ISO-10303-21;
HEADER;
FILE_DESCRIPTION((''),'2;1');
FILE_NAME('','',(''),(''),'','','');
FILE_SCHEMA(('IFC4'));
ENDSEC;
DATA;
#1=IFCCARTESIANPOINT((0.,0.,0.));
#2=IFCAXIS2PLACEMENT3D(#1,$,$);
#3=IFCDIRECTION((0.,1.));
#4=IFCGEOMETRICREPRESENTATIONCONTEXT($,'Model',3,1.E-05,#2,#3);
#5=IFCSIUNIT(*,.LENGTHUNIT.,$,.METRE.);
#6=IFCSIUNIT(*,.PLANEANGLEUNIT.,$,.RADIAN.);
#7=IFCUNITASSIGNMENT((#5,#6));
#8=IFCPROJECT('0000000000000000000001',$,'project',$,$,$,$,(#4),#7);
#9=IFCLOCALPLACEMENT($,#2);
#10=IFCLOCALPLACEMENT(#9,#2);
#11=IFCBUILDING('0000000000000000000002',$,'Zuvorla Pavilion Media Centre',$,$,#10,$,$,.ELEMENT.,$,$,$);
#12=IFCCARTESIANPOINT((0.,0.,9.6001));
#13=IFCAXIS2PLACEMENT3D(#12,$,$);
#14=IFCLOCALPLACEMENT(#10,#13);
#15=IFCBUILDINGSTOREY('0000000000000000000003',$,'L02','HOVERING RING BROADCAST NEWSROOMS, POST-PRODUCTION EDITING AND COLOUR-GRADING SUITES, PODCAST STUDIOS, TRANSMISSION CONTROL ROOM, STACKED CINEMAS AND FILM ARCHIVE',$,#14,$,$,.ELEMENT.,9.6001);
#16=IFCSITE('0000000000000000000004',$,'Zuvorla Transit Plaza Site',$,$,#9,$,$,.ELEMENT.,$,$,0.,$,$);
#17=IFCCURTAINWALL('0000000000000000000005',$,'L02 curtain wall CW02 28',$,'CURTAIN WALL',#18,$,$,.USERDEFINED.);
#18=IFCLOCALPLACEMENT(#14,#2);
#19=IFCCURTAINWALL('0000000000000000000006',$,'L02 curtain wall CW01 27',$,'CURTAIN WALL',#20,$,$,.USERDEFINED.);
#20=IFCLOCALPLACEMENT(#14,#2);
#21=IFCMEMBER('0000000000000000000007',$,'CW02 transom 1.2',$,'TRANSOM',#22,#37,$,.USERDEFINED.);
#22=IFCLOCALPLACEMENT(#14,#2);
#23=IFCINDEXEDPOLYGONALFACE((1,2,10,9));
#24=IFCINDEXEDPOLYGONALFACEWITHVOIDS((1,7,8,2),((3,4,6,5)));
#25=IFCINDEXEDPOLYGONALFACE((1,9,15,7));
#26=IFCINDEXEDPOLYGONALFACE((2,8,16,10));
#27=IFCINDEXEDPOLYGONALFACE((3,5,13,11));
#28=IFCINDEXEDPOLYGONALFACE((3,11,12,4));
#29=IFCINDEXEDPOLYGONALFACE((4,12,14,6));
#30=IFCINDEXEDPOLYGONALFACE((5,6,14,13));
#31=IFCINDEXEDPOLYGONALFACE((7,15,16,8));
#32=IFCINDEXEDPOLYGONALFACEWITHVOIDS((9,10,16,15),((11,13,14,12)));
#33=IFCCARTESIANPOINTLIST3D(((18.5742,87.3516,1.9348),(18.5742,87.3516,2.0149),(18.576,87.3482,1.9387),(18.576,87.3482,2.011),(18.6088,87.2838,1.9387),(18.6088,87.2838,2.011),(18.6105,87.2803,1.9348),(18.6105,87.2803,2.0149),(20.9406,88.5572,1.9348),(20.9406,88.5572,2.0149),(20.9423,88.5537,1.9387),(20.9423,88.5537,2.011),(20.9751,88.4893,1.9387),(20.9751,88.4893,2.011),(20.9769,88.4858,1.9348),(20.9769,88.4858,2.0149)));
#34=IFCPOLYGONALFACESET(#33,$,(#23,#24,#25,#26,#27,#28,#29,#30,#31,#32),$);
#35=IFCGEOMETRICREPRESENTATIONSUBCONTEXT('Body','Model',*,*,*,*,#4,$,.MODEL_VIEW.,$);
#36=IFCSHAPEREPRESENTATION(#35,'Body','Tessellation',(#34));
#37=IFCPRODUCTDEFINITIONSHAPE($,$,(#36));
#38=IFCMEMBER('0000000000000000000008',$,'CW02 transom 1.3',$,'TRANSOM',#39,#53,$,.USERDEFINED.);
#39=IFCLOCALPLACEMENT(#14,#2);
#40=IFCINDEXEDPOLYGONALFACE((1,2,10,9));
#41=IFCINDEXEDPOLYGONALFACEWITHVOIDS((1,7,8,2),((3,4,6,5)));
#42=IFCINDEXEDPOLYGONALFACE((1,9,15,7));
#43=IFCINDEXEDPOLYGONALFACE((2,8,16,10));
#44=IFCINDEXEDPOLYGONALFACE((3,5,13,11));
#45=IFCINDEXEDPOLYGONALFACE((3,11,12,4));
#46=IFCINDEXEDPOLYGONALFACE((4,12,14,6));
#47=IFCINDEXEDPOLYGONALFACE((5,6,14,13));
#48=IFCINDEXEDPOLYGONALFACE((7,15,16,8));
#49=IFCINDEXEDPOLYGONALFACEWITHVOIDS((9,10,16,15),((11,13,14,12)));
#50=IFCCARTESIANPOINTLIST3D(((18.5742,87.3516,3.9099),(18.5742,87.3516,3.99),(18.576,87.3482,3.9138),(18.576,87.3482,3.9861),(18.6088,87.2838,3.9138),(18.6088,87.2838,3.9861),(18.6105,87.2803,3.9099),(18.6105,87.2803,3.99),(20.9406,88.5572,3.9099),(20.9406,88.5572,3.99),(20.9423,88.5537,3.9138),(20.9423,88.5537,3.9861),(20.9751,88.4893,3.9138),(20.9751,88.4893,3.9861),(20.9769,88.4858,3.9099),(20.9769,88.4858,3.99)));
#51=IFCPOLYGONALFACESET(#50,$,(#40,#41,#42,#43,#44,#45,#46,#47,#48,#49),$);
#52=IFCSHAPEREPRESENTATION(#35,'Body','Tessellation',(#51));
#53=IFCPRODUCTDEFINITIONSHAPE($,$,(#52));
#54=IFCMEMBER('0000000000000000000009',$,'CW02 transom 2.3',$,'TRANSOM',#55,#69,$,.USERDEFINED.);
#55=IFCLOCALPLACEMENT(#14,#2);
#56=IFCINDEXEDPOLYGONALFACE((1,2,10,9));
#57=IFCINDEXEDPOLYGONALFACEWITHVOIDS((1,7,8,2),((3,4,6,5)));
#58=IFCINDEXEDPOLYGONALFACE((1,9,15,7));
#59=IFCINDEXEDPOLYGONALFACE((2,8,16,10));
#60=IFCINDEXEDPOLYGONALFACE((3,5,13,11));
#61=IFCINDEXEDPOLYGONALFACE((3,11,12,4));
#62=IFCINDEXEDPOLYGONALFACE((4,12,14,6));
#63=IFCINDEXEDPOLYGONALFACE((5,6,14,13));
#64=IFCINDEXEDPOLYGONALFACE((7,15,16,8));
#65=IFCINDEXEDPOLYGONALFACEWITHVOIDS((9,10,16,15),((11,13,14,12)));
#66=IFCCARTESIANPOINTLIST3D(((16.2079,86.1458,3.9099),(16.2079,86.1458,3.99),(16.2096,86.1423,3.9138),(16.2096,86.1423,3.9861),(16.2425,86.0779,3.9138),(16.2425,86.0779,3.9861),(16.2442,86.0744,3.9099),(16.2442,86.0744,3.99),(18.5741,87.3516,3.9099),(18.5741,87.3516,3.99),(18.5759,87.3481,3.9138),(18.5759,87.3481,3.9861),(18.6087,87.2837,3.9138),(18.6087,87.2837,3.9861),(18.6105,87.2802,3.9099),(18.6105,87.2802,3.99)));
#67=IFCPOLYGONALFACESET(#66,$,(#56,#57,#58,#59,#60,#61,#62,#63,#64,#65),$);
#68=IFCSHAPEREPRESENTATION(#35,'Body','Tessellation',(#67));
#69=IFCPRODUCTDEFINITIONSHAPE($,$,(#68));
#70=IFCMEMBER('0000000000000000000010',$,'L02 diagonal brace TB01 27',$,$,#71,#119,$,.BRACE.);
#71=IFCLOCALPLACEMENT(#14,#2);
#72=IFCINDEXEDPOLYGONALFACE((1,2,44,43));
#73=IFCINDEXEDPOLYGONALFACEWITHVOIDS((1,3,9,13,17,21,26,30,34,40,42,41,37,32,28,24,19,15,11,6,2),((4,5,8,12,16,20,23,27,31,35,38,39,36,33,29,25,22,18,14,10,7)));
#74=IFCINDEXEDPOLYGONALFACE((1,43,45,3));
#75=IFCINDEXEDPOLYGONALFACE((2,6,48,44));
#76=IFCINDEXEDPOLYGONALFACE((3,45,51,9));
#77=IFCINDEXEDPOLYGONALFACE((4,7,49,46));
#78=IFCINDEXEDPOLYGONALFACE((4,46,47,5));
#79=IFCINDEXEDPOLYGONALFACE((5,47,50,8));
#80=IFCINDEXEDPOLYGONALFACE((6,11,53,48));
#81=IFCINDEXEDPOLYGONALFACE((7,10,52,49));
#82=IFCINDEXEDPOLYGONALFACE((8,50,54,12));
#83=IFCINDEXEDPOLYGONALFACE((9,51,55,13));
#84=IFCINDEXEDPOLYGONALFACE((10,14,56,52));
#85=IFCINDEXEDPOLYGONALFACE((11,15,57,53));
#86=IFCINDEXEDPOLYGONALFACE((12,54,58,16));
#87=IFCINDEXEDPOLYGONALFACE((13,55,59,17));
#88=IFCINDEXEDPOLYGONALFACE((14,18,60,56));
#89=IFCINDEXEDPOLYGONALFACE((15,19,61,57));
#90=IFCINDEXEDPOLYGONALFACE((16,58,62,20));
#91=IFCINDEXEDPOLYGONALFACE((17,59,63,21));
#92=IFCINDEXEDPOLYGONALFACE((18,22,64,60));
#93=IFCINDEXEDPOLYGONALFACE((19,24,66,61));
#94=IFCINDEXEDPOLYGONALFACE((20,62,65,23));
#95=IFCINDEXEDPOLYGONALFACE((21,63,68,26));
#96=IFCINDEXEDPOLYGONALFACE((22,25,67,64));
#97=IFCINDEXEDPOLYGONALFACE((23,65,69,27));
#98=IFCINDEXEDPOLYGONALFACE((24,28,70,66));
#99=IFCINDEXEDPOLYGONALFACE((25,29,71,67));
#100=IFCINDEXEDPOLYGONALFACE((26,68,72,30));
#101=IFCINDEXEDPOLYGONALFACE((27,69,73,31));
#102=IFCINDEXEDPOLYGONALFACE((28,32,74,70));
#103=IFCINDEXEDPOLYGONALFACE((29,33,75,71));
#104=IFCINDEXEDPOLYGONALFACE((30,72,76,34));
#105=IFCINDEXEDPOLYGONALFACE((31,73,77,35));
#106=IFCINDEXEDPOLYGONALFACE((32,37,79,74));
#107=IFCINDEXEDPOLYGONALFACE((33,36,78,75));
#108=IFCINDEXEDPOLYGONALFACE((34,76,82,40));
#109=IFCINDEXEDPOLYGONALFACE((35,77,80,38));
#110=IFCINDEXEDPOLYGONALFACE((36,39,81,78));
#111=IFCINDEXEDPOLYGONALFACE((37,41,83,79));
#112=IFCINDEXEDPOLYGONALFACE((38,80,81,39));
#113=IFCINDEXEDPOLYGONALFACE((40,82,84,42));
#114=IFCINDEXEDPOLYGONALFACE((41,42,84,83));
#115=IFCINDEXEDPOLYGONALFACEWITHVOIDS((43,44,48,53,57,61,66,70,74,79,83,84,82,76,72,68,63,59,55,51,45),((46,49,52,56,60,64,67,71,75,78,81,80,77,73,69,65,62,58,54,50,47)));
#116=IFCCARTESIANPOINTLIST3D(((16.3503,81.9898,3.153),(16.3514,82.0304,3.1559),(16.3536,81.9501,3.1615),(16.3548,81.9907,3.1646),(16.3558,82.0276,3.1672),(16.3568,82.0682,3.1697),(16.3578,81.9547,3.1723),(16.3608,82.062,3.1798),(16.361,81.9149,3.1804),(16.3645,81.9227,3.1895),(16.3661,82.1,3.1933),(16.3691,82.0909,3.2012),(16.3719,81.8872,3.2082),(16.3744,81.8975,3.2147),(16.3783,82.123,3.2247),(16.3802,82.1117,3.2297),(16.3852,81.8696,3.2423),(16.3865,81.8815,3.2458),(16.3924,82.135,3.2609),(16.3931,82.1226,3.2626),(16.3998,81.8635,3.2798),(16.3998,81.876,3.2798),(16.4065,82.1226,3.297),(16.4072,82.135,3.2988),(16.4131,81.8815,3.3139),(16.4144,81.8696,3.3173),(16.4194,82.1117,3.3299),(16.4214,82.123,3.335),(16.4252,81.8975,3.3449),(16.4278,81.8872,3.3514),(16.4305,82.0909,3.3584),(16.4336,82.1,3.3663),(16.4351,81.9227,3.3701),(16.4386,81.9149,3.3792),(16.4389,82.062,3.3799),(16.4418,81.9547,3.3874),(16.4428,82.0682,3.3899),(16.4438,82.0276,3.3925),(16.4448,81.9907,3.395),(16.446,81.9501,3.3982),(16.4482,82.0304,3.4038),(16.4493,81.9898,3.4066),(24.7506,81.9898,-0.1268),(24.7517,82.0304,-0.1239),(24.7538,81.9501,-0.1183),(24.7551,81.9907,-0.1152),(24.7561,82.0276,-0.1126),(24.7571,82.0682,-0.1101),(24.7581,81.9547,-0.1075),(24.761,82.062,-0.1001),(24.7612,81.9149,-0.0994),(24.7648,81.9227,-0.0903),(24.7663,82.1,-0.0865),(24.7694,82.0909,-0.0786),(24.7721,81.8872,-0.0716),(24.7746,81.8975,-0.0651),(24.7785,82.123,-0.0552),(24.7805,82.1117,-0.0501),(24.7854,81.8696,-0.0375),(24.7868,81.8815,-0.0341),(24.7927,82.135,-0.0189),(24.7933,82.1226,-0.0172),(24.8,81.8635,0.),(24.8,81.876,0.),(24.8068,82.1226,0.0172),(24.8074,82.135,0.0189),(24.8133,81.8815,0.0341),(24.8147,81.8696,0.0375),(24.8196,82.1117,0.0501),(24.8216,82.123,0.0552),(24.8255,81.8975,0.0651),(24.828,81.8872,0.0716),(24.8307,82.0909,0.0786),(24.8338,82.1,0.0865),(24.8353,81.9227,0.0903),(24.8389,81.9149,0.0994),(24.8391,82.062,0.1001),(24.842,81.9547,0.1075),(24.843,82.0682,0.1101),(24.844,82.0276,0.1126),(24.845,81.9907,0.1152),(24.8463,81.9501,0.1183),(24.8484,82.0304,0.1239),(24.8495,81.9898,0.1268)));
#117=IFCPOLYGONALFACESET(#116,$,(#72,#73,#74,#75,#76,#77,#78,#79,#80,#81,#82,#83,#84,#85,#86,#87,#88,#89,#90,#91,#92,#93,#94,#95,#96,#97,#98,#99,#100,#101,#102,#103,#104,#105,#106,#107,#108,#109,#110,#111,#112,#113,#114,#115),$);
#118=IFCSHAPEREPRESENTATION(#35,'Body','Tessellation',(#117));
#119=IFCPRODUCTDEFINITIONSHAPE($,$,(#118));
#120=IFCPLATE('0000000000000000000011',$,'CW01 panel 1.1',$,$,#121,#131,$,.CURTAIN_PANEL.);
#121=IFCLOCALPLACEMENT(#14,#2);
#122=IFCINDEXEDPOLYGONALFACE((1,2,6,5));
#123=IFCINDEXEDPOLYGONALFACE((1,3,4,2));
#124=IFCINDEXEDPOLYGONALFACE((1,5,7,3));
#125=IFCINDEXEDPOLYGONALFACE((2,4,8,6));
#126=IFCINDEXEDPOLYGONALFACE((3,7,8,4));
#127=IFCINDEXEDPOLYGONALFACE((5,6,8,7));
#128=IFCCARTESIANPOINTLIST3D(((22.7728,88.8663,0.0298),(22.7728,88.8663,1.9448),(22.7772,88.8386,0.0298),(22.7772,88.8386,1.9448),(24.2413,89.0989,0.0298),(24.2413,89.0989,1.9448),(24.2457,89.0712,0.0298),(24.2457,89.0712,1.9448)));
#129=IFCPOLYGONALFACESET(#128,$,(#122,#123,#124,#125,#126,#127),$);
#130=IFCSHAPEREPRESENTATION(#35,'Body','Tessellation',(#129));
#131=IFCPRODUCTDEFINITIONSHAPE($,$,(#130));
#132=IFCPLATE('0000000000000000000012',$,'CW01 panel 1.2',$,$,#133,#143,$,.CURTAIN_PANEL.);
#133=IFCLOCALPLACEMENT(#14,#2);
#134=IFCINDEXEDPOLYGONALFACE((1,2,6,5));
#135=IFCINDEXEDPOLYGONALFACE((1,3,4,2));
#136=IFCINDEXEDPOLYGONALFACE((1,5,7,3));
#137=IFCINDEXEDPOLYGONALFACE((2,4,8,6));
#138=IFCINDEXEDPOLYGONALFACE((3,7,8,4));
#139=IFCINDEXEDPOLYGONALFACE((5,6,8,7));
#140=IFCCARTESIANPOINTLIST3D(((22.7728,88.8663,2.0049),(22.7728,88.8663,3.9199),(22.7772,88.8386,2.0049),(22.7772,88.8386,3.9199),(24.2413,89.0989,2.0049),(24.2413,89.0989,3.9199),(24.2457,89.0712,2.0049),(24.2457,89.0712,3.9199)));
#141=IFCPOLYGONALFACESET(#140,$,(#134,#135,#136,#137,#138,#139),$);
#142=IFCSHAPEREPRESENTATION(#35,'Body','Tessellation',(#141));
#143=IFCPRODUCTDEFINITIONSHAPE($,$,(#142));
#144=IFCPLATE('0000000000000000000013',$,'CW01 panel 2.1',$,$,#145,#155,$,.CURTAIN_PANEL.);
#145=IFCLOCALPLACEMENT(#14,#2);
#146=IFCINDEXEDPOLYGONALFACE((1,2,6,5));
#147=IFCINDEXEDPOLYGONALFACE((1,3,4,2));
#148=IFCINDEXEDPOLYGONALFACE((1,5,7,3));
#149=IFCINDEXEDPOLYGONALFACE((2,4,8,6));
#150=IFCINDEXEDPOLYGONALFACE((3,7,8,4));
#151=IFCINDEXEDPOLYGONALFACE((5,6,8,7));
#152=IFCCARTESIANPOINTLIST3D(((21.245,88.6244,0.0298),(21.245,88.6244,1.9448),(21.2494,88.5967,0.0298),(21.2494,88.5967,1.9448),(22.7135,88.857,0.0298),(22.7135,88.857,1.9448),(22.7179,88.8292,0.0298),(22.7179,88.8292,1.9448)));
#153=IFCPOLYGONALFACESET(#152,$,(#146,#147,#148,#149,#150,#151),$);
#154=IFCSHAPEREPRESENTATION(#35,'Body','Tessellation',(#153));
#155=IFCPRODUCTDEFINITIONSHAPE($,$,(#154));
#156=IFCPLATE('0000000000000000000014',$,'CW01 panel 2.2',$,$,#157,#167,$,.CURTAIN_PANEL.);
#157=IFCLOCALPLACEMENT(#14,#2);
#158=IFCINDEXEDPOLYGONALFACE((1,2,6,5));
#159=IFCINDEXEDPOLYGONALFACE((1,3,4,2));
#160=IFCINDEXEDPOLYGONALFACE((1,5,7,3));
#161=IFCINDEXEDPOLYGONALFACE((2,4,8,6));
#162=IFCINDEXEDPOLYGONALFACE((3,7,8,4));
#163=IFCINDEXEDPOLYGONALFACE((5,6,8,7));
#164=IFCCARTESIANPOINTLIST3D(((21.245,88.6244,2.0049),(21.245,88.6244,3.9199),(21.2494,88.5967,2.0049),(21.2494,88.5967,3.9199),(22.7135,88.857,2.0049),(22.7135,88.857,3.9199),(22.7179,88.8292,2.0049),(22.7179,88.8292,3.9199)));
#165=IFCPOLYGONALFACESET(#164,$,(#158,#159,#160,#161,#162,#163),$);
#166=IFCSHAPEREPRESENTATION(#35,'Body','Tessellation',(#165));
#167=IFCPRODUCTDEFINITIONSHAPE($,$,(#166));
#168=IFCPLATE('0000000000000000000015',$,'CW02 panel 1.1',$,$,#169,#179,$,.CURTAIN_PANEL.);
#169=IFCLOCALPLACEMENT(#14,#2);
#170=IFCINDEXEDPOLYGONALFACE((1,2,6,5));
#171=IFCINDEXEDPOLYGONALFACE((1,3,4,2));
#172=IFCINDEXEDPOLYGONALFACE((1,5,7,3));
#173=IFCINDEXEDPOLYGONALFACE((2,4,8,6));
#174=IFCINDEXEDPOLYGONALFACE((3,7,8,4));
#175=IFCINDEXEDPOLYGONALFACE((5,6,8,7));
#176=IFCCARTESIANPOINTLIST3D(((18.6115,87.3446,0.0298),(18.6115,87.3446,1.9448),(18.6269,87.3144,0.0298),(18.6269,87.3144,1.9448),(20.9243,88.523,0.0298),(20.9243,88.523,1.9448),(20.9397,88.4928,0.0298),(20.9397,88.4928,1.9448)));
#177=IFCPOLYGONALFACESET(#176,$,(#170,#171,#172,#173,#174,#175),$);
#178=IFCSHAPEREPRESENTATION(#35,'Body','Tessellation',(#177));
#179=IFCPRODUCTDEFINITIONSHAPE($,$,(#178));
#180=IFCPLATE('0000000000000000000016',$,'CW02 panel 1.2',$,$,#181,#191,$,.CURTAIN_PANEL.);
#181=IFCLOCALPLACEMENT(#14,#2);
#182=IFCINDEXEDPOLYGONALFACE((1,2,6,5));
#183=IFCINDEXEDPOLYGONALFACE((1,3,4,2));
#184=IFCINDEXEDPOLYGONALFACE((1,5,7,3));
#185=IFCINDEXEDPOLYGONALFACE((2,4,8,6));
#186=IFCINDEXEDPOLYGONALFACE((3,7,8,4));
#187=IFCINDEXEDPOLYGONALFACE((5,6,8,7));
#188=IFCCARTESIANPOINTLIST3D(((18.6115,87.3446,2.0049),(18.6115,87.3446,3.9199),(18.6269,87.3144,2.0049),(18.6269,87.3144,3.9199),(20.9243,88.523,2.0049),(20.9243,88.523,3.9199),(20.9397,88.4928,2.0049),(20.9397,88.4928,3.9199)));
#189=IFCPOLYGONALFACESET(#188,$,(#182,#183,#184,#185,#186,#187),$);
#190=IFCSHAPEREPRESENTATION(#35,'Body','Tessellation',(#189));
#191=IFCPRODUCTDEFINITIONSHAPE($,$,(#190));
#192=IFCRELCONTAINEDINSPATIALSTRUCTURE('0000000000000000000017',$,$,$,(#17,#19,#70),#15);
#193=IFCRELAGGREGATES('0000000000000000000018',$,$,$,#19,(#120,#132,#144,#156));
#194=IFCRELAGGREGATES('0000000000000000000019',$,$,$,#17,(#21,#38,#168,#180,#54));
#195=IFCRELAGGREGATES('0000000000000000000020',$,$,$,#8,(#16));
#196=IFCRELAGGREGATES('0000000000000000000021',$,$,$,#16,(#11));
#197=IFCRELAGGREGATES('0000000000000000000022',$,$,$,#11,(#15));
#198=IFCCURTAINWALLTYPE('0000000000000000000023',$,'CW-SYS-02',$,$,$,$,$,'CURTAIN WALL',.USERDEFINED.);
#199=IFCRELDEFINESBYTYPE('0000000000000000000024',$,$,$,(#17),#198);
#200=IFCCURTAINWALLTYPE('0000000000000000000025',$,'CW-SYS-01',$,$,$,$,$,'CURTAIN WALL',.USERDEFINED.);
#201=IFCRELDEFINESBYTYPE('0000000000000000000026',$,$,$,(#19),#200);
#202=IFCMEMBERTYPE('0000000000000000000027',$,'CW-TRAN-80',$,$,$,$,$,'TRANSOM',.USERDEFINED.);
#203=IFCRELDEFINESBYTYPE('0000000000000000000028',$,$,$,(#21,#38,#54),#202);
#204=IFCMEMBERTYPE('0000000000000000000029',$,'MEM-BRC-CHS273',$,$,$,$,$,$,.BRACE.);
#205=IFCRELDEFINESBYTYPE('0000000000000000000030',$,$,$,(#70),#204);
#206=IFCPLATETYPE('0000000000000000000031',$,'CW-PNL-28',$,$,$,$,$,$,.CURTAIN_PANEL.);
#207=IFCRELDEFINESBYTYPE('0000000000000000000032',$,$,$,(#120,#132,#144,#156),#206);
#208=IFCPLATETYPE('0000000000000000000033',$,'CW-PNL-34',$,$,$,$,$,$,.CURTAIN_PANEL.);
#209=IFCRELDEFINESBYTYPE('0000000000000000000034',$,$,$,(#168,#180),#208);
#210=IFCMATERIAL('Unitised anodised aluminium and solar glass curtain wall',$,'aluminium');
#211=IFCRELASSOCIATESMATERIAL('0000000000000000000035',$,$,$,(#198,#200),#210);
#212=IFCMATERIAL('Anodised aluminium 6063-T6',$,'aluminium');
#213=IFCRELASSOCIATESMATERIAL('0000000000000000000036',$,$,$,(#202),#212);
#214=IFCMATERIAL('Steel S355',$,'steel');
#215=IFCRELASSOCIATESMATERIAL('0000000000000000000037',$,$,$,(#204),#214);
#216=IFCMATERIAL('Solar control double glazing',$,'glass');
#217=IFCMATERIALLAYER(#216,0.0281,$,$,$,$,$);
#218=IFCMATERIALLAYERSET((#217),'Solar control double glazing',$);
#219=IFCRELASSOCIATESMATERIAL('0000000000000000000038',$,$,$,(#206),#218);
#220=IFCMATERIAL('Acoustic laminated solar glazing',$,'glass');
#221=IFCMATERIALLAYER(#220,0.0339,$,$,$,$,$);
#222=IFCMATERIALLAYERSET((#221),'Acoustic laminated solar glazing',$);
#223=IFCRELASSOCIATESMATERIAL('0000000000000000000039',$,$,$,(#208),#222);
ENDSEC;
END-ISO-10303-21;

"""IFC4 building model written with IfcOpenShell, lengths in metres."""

from ifc_helpers import new_model, si_unit, direction, frame, origin, origin_2d, place, context, subcontext, project, spatial, rectangle, hollow_rectangle, hollow_circle, extrude, material, layer, layer_set, material_profile, profile_set, type_object, element, aggregate, save


model = new_model("IFC4")

# Units and contexts
model_context = context("Model", 3, precision=1e-05, world=origin(), true_north=direction((0.0, 1.0)))
body_context = subcontext(model_context, "Body", "Model", "MODEL_VIEW")
ifc_project = project(units=[si_unit("LENGTHUNIT", "METRE"), si_unit("PLANEANGLEUNIT", "RADIAN")], contexts=[model_context])

# Site, building, storey
site_placement = place(None, origin())
site = spatial("IfcSite", under=ifc_project, at=site_placement, Name="Zuvorla Transit Plaza Site", CompositionType="ELEMENT", RefElevation=0.0)
building_placement = place(site_placement, origin())
building = spatial("IfcBuilding", under=site, at=building_placement, Name="Zuvorla Pavilion Media Centre", CompositionType="ELEMENT")
storey_placement = place(building_placement, frame((0.0, 0.0, 9.6001)))
storey = spatial("IfcBuildingStorey", under=building, at=storey_placement, Name="L02", Description="HOVERING RING BROADCAST NEWSROOMS, POST-PRODUCTION EDITING AND COLOUR-GRADING SUITES, PODCAST STUDIOS, TRANSMISSION CONTROL ROOM, STACKED CINEMAS AND FILM ARCHIVE", CompositionType="ELEMENT", Elevation=9.6001)

# Shared definitions
ifc_material_1 = material(Name="Steel S355", Category="steel")

# Curtain wall
ifc_material_2 = material(Name="Unitised anodised aluminium and solar glass curtain wall", Category="aluminium")
curtain_wall_type_1 = type_object("IfcCurtainWallType", Name="CW-SYS-02", ElementType="CURTAIN WALL", PredefinedType="USERDEFINED", material=ifc_material_2)
curtain_wall_1_placement = place(storey_placement, origin())
curtain_wall_1 = element("IfcCurtainWall", 1, at=curtain_wall_1_placement, inside=storey, type_object=curtain_wall_type_1, Name="L02 curtain wall CW02 28", ObjectType="CURTAIN WALL", PredefinedType="USERDEFINED")
ifc_material_3 = material(Name="Anodised aluminium 6063-T6", Category="aluminium")

# Curtain wall
curtain_wall_type_2 = type_object("IfcCurtainWallType", Name="CW-SYS-01", ElementType="CURTAIN WALL", PredefinedType="USERDEFINED", material=ifc_material_2)
curtain_wall_2_placement = place(storey_placement, origin())
curtain_wall_2 = element("IfcCurtainWall", 2, at=curtain_wall_2_placement, inside=storey, type_object=curtain_wall_type_2, Name="L02 curtain wall CW01 27", ObjectType="CURTAIN WALL", PredefinedType="USERDEFINED")

# Members
ifc_material_profile_1 = material_profile(ifc_material_3, hollow_rectangle(XDim=0.0801, YDim=0.0801, WallThickness=0.0039, at=origin_2d()), Name="ALU TRAN 80x80")
ifc_profile_set_1 = profile_set([ifc_material_profile_1], Name="Anodised aluminium 6063-T6")
member_type_1 = type_object("IfcMemberType", Name="CW-TRAN-80", ElementType="TRANSOM", PredefinedType="USERDEFINED", material=ifc_profile_set_1)
member_1_placement = place(storey_placement, frame((20.9587, 88.5215, 1.9749), z_axis=(-0.891037, -0.45393, 0.0), x_axis=(0.45393, -0.891037, 0.0)))
member_1 = element("IfcMember", 3, at=member_1_placement, type_object=member_type_1, Name="CW02 transom 1.2", ObjectType="TRANSOM", PredefinedType="USERDEFINED", context=body_context, shape_type="SweptSolid", body=[
    extrude(hollow_rectangle(XDim=0.0801, YDim=0.0801, WallThickness=0.0039, at=origin_2d()), origin(), (0.0, 0.0, 1.0), 2.6558),
])
member_2_placement = place(storey_placement, frame((20.9587, 88.5215, 3.95), z_axis=(-0.891037, -0.45393, 0.0), x_axis=(0.45393, -0.891037, 0.0)))
member_2 = element("IfcMember", 4, at=member_2_placement, type_object=member_type_1, Name="CW02 transom 1.3", ObjectType="TRANSOM", PredefinedType="USERDEFINED", context=body_context, shape_type="SweptSolid", body=[
    extrude(hollow_rectangle(XDim=0.0801, YDim=0.0801, WallThickness=0.0039, at=origin_2d()), origin(), (0.0, 0.0, 1.0), 2.6558),
])
member_3_placement = place(storey_placement, frame((18.5923, 87.3159, 3.95), z_axis=(-0.890981, -0.45404, 0.0), x_axis=(0.45404, -0.890981, 0.0)))
member_3 = element("IfcMember", 5, at=member_3_placement, type_object=member_type_1, Name="CW02 transom 2.3", ObjectType="TRANSOM", PredefinedType="USERDEFINED", context=body_context, shape_type="SweptSolid", body=[
    extrude(hollow_rectangle(XDim=0.0801, YDim=0.0801, WallThickness=0.0039, at=origin_2d()), origin(), (0.0, 0.0, 1.0), 2.6558),
])
ifc_material_profile_2 = material_profile(ifc_material_1, hollow_circle(Radius=0.1365, WallThickness=0.0125, at=origin_2d()), Name="CHS 273x12.5")
ifc_profile_set_2 = profile_set([ifc_material_profile_2], Name="Steel S355")
member_type_2 = type_object("IfcMemberType", Name="MEM-BRC-CHS273", PredefinedType="BRACE", material=ifc_profile_set_2)
member_4_placement = place(storey_placement, frame((24.8, 82.0, 0.0), z_axis=(-0.931515, 0.0, 0.363704), x_axis=(0.0, -1.0, 0.0)))
element("IfcMember", 6, at=member_4_placement, inside=storey, type_object=member_type_2, Name="L02 diagonal brace TB01 27", PredefinedType="BRACE", context=body_context, shape_type="SweptSolid", body=[
    extrude(hollow_circle(Radius=0.1365, WallThickness=0.0125, at=origin_2d()), origin(), (0.0, 0.0, 1.0), 9.0178),
])

# Plates
ifc_material_4 = material(Name="Solar control double glazing", Category="glass")
ifc_layer_1 = layer(ifc_material_4, 0.0281)
ifc_layer_set_1 = layer_set([ifc_layer_1], Name="Solar control double glazing")
plate_type_1 = type_object("IfcPlateType", Name="CW-PNL-28", PredefinedType="CURTAIN_PANEL", material=ifc_layer_set_1)
plate_1_placement = place(storey_placement, frame((23.5093, 88.9688, 0.0298), z_axis=(0.0, 0.0, 1.0), x_axis=(-0.987691, -0.156421, 0.0)))
plate_1 = element("IfcPlate", 7, at=plate_1_placement, type_object=plate_type_1, Name="CW01 panel 1.1", PredefinedType="CURTAIN_PANEL", context=body_context, shape_type="SweptSolid", body=[
    extrude(rectangle(XDim=1.4868, YDim=0.0281, at=origin_2d()), origin(), (0.0, 0.0, 1.0), 1.915),
])
plate_2_placement = place(storey_placement, frame((23.5093, 88.9688, 2.0049), z_axis=(0.0, 0.0, 1.0), x_axis=(-0.987691, -0.156421, 0.0)))
plate_2 = element("IfcPlate", 8, at=plate_2_placement, type_object=plate_type_1, Name="CW01 panel 1.2", PredefinedType="CURTAIN_PANEL", context=body_context, shape_type="SweptSolid", body=[
    extrude(rectangle(XDim=1.4868, YDim=0.0281, at=origin_2d()), origin(), (0.0, 0.0, 1.0), 1.915),
])
plate_3_placement = place(storey_placement, frame((21.9814, 88.7268, 0.0298), z_axis=(0.0, 0.0, 1.0), x_axis=(-0.987691, -0.156421, 0.0)))
plate_3 = element("IfcPlate", 9, at=plate_3_placement, type_object=plate_type_1, Name="CW01 panel 2.1", PredefinedType="CURTAIN_PANEL", context=body_context, shape_type="SweptSolid", body=[
    extrude(rectangle(XDim=1.4868, YDim=0.0281, at=origin_2d()), origin(), (0.0, 0.0, 1.0), 1.915),
])
plate_4_placement = place(storey_placement, frame((21.9814, 88.7268, 2.0049), z_axis=(0.0, 0.0, 1.0), x_axis=(-0.987691, -0.156421, 0.0)))
plate_4 = element("IfcPlate", 10, at=plate_4_placement, type_object=plate_type_1, Name="CW01 panel 2.2", PredefinedType="CURTAIN_PANEL", context=body_context, shape_type="SweptSolid", body=[
    extrude(rectangle(XDim=1.4868, YDim=0.0281, at=origin_2d()), origin(), (0.0, 0.0, 1.0), 1.915),
])
aggregate(curtain_wall_2, [plate_1, plate_2, plate_3, plate_4])
ifc_material_5 = material(Name="Acoustic laminated solar glazing", Category="glass")
ifc_layer_2 = layer(ifc_material_5, 0.0339)
ifc_layer_set_2 = layer_set([ifc_layer_2], Name="Acoustic laminated solar glazing")
plate_type_2 = type_object("IfcPlateType", Name="CW-PNL-34", PredefinedType="CURTAIN_PANEL", material=ifc_layer_set_2)
plate_5_placement = place(storey_placement, frame((19.7756, 87.9187, 0.0298), z_axis=(0.0, 0.0, 1.0), x_axis=(-0.891009, -0.453986, 0.0)))
plate_5 = element("IfcPlate", 11, at=plate_5_placement, type_object=plate_type_2, Name="CW02 panel 1.1", PredefinedType="CURTAIN_PANEL", context=body_context, shape_type="SweptSolid", body=[
    extrude(rectangle(XDim=2.5957, YDim=0.0339, at=origin_2d()), origin(), (0.0, 0.0, 1.0), 1.915),
])
plate_6_placement = place(storey_placement, frame((19.7756, 87.9187, 2.0049), z_axis=(0.0, 0.0, 1.0), x_axis=(-0.891009, -0.453986, 0.0)))
plate_6 = element("IfcPlate", 12, at=plate_6_placement, type_object=plate_type_2, Name="CW02 panel 1.2", PredefinedType="CURTAIN_PANEL", context=body_context, shape_type="SweptSolid", body=[
    extrude(rectangle(XDim=2.5957, YDim=0.0339, at=origin_2d()), origin(), (0.0, 0.0, 1.0), 1.915),
])
aggregate(curtain_wall_1, [member_1, member_2, plate_5, plate_6, member_3])

save(model, "model.ifc")
